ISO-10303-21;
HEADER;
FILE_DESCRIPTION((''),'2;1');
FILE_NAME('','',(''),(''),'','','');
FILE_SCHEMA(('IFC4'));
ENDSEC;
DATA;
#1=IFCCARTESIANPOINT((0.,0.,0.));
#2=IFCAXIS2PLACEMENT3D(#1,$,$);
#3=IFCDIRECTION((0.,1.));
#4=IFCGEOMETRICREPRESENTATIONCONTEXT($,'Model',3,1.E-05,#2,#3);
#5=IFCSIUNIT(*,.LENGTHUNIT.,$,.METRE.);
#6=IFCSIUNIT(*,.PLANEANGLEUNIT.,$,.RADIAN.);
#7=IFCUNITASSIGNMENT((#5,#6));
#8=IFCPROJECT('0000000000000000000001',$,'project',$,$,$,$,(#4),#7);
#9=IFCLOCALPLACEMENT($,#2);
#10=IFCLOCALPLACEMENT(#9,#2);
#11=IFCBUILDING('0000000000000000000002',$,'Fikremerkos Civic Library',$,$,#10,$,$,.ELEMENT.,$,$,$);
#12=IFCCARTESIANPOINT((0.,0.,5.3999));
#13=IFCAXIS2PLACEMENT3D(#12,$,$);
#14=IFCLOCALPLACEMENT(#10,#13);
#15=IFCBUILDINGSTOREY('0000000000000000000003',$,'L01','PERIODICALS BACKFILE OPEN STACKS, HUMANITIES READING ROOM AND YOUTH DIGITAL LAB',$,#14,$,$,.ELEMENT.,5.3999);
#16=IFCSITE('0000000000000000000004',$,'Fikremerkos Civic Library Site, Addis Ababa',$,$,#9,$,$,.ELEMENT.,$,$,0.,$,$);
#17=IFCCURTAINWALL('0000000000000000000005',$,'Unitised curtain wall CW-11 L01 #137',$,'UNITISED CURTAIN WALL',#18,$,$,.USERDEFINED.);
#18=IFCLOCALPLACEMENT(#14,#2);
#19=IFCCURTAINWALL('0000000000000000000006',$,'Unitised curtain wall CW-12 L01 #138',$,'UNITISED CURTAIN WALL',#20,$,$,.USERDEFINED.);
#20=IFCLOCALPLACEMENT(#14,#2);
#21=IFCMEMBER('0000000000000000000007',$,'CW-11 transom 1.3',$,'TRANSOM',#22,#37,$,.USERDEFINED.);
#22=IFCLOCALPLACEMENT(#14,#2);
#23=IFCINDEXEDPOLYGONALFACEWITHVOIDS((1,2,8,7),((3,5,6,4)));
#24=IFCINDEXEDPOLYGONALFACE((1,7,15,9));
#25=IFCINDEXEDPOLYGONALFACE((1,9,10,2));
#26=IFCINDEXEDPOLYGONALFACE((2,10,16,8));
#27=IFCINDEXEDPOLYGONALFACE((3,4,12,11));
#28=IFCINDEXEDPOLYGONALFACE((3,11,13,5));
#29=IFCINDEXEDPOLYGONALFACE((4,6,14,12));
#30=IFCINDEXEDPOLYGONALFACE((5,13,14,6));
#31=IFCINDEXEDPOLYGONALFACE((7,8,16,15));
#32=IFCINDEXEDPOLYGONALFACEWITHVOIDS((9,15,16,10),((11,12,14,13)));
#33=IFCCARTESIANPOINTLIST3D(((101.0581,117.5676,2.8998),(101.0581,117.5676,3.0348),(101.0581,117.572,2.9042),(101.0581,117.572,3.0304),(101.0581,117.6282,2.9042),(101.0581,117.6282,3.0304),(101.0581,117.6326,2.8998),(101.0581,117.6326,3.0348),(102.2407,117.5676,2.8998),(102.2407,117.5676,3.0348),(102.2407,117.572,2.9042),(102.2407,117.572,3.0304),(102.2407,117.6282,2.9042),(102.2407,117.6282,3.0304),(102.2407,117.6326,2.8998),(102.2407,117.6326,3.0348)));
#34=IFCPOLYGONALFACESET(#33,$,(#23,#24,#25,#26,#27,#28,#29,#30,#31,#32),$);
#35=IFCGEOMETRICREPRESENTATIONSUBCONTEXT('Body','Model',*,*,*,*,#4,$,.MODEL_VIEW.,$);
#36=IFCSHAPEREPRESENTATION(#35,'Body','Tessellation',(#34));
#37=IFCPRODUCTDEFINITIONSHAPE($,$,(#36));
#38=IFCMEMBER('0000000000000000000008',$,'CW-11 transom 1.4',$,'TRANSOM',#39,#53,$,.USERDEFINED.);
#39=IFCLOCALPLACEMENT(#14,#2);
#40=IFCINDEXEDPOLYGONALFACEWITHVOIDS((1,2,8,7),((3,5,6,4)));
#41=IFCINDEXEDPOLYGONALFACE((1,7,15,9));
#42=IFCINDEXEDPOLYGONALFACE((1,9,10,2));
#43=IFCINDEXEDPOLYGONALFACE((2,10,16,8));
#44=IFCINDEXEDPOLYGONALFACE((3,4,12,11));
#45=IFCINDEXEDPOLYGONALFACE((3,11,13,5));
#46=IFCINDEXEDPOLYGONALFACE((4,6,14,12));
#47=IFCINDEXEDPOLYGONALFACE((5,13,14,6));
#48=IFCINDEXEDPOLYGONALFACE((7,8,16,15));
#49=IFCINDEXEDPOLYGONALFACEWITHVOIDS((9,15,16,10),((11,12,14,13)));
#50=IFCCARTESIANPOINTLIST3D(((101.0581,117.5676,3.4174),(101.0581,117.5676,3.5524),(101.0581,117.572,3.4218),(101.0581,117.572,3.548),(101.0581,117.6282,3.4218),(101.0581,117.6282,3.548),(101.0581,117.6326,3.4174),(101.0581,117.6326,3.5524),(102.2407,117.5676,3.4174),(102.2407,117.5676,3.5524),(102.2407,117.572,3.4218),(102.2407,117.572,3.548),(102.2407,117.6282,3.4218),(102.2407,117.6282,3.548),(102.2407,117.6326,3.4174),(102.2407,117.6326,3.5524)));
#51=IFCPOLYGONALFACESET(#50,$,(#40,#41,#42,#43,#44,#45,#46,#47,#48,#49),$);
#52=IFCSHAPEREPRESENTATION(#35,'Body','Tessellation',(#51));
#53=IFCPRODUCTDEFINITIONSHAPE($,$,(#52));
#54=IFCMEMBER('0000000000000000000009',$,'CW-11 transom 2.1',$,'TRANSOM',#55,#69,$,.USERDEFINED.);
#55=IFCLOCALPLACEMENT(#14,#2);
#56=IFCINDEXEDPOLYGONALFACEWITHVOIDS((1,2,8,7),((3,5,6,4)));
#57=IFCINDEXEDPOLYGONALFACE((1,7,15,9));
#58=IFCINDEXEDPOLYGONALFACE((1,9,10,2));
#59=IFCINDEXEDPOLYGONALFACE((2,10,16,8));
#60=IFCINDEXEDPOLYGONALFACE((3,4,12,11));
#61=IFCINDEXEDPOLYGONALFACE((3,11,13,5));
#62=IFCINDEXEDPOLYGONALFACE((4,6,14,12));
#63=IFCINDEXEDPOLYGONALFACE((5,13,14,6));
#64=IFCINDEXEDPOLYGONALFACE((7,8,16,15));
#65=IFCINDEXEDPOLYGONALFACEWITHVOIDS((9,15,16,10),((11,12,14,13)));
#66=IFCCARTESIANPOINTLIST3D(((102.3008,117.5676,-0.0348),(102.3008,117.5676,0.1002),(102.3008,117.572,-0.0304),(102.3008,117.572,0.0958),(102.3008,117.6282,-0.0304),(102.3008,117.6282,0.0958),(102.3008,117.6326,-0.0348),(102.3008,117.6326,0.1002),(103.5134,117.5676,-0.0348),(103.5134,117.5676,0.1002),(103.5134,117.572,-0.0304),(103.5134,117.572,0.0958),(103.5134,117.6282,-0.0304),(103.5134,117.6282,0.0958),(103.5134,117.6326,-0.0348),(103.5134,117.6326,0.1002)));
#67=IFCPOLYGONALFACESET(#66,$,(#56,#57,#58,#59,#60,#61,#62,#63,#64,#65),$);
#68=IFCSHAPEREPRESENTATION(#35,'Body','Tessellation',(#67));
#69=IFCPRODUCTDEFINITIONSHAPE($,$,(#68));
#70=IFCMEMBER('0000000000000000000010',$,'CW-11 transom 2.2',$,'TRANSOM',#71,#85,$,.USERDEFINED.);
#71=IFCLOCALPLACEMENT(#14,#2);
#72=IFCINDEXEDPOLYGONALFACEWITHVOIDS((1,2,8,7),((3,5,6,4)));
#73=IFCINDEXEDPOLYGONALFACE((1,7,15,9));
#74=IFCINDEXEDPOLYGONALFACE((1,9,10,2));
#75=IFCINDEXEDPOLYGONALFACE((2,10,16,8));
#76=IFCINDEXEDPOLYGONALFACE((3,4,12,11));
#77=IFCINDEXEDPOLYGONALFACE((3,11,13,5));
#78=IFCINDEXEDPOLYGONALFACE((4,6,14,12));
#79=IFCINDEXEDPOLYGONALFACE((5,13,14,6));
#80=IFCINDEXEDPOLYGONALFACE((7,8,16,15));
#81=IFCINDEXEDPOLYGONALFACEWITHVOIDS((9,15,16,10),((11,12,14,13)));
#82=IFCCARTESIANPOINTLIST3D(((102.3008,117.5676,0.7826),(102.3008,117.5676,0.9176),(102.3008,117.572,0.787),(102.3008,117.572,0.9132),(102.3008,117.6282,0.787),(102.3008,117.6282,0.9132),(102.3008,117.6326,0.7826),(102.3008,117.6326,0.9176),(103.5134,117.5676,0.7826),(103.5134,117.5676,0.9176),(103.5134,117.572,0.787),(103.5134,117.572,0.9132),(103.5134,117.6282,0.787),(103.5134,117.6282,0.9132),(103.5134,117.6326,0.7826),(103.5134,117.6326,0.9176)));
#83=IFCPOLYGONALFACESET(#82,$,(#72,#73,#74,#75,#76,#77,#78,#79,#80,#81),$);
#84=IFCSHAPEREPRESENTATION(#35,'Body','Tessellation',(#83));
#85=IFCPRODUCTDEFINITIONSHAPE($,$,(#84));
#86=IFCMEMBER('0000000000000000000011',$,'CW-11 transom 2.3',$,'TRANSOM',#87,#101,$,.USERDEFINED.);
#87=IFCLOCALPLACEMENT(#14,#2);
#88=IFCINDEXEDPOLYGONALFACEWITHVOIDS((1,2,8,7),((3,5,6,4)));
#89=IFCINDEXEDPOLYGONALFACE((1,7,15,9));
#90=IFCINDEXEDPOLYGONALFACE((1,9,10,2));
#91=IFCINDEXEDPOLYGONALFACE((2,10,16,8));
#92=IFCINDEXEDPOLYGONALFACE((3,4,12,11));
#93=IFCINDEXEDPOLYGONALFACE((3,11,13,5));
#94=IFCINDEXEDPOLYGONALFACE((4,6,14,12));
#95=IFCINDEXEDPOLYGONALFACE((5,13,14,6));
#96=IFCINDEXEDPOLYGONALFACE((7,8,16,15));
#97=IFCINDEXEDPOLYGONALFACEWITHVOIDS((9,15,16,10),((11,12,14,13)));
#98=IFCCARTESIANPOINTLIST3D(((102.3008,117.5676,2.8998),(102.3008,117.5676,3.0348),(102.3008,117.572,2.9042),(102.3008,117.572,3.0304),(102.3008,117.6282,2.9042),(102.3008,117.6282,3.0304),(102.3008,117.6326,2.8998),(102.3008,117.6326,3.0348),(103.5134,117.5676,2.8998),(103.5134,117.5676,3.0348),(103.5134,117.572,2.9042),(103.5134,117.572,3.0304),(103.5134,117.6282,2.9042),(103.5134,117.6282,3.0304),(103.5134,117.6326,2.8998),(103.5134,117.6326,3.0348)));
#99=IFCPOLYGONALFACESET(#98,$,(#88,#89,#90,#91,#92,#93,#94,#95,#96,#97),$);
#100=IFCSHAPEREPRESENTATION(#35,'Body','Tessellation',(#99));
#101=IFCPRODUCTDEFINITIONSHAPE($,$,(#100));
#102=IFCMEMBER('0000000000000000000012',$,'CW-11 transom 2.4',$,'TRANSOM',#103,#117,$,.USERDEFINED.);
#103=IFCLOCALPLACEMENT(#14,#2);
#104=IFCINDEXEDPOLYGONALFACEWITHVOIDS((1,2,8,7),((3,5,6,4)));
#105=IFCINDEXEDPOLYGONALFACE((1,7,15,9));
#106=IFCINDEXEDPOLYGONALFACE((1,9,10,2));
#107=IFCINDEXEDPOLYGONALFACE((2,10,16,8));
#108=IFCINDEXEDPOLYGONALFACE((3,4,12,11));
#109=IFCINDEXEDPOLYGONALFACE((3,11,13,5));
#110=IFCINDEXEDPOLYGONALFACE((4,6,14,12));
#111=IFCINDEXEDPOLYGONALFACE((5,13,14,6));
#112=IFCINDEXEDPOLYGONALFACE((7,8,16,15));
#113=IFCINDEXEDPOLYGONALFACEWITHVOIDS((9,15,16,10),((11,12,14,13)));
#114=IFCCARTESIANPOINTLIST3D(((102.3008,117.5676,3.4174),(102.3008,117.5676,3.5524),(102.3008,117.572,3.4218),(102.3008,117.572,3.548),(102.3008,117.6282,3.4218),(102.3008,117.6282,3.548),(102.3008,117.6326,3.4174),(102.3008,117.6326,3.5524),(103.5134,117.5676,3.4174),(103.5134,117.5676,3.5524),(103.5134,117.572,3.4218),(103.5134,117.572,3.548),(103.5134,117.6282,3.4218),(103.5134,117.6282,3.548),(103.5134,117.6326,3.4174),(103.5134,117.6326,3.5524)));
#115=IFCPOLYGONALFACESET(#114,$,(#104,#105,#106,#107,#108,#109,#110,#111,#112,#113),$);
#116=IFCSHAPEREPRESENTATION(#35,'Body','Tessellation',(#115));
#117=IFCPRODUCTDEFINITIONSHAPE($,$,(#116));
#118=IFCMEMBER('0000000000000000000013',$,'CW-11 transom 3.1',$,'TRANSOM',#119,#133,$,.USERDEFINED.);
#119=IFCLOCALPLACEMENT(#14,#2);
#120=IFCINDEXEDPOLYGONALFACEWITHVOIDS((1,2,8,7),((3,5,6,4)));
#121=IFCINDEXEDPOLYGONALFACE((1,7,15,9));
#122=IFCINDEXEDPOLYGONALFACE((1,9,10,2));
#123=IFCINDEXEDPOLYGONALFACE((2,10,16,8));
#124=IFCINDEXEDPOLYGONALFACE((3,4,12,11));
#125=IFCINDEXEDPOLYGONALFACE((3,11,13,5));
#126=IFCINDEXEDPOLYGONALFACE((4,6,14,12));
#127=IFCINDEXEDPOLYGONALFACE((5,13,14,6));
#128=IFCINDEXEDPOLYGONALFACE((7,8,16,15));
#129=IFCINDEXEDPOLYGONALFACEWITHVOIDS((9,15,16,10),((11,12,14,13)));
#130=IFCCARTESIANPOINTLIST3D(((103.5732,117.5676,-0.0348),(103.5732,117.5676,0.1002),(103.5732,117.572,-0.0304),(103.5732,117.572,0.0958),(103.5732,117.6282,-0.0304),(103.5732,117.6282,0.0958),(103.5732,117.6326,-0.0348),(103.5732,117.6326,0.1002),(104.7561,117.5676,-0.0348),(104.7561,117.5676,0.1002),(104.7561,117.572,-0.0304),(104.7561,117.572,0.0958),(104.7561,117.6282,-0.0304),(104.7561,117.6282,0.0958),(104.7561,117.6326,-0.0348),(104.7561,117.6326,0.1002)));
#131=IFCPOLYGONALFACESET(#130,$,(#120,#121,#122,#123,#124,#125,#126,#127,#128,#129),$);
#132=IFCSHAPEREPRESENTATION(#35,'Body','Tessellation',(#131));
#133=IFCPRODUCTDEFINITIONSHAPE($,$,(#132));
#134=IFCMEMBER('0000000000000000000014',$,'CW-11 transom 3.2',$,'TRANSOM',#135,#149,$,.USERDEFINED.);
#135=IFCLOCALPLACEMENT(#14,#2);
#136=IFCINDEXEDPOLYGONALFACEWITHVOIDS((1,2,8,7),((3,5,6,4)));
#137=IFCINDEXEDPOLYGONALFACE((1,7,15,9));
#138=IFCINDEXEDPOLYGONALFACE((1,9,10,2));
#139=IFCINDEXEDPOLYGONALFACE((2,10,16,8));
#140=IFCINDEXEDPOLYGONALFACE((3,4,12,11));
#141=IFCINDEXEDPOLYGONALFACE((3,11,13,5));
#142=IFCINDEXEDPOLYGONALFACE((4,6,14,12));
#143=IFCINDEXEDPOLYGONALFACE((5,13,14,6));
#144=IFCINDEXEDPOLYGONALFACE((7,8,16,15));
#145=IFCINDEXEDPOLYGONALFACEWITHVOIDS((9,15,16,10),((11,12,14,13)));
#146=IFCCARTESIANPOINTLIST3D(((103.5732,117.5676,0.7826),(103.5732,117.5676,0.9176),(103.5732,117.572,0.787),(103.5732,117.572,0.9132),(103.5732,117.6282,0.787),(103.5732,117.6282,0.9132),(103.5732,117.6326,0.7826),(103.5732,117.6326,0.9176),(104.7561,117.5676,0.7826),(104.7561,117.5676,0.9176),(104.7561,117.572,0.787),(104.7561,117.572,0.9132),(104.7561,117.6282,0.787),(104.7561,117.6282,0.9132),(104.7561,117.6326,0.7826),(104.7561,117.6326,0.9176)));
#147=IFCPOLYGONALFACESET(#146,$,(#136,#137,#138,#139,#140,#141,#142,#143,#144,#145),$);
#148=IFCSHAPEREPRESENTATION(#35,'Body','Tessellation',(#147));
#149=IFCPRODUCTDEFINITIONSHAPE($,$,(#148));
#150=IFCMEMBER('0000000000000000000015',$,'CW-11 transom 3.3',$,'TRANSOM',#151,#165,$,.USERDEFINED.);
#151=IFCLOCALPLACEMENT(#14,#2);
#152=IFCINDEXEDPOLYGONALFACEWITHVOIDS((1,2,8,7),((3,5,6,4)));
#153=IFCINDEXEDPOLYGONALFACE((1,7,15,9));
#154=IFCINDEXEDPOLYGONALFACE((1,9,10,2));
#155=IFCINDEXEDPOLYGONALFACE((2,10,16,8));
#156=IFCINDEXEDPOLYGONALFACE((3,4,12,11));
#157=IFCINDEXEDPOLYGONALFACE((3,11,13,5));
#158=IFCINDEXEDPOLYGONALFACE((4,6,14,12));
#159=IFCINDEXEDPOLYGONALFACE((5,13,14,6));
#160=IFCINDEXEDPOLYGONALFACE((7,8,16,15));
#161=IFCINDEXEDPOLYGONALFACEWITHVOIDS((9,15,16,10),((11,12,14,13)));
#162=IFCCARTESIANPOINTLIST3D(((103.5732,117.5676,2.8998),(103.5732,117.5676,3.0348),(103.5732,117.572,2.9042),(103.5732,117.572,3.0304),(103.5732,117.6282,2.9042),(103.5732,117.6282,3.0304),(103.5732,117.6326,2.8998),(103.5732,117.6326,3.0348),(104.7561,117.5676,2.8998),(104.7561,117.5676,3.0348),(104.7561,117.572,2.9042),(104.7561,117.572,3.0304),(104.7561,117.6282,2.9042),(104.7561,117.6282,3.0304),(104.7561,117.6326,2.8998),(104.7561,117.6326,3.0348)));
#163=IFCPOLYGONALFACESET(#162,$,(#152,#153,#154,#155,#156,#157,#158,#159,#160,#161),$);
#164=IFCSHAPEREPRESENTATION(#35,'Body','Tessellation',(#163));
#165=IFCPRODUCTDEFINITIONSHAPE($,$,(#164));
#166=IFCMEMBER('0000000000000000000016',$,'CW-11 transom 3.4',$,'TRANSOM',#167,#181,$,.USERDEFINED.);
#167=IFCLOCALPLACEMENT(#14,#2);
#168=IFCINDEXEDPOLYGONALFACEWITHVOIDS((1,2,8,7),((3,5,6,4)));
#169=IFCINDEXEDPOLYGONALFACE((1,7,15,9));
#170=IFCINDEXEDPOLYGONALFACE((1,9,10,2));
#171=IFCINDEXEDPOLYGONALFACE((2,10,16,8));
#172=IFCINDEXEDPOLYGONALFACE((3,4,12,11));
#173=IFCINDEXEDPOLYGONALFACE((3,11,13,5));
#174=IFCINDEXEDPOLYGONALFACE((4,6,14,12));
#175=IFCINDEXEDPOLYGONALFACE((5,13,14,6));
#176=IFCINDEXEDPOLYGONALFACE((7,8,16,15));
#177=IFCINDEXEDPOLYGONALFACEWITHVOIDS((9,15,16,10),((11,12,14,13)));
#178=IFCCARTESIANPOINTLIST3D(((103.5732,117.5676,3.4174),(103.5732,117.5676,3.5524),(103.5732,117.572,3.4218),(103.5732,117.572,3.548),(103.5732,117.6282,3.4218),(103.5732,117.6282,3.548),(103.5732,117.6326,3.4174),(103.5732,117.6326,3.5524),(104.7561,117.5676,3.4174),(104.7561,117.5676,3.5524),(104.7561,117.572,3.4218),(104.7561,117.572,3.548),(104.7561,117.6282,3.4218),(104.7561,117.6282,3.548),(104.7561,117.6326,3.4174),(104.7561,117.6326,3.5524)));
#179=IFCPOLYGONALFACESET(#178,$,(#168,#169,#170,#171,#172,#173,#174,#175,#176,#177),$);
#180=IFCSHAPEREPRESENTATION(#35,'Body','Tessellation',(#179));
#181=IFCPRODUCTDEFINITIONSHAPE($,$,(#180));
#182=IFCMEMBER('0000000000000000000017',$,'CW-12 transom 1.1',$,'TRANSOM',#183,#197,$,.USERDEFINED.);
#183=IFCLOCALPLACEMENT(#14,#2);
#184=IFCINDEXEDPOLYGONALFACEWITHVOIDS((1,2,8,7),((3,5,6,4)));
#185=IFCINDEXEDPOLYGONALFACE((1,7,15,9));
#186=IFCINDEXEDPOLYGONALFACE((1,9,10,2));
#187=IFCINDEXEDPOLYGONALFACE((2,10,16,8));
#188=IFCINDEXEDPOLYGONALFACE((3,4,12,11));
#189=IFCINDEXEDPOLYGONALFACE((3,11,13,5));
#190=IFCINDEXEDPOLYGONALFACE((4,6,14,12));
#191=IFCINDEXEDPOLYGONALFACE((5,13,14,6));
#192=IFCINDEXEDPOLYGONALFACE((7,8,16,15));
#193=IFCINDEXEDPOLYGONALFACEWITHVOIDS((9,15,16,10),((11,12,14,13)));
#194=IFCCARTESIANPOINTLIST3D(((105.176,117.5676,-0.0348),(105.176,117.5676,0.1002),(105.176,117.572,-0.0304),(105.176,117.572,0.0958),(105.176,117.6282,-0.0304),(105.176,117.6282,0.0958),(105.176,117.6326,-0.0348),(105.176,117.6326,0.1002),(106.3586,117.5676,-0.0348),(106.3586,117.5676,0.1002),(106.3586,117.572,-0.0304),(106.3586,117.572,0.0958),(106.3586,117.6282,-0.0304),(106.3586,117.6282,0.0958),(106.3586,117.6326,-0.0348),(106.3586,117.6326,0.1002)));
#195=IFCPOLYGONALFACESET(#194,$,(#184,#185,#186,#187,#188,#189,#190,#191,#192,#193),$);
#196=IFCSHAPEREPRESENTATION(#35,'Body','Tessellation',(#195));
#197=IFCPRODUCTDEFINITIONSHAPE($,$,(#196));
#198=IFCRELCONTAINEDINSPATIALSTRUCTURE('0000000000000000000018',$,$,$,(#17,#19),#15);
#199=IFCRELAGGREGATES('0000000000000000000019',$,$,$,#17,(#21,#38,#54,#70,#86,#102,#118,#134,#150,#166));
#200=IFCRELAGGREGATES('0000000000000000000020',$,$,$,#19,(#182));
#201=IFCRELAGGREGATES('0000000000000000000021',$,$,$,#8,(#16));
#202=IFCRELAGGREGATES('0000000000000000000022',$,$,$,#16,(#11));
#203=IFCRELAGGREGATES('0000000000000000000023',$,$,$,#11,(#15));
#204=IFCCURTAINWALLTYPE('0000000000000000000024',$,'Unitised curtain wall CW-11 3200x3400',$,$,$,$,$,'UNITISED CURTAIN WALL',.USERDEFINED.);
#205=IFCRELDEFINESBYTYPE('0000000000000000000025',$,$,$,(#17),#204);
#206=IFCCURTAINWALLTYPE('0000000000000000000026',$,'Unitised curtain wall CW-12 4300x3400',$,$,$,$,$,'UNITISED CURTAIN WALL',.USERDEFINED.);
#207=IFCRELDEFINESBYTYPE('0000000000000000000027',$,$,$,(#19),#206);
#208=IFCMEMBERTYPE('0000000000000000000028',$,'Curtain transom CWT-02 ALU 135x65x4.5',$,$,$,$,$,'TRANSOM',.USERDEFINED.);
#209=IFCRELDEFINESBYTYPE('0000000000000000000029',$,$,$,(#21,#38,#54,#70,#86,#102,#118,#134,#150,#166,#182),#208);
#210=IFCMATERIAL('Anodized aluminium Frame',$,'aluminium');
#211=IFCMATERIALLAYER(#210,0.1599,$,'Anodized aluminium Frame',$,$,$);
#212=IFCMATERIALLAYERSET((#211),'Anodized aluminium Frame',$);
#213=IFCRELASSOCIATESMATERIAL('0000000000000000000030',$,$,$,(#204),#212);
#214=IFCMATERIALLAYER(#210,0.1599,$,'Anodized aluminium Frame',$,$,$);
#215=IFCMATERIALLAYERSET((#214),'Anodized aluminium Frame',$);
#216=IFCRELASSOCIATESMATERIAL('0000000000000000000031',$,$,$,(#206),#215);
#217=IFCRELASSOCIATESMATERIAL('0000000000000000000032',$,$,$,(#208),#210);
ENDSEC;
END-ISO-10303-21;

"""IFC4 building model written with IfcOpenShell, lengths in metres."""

from ifc_helpers import new_model, si_unit, direction, frame, origin, origin_2d, place, context, subcontext, project, spatial, hollow_rectangle, extrude, material, layer, layer_set, material_profile, profile_set, type_object, element, aggregate, save


model = new_model("IFC4")

# Units and contexts
model_context = context("Model", 3, precision=1e-05, world=origin(), true_north=direction((0.0, 1.0)))
body_context = subcontext(model_context, "Body", "Model", "MODEL_VIEW")
ifc_project = project(units=[si_unit("LENGTHUNIT", "METRE"), si_unit("PLANEANGLEUNIT", "RADIAN")], contexts=[model_context])

# Site, building, storey
site_placement = place(None, origin())
site = spatial("IfcSite", under=ifc_project, at=site_placement, Name="Fikremerkos Civic Library Site, Addis Ababa", CompositionType="ELEMENT", RefElevation=0.0)
building_placement = place(site_placement, origin())
building = spatial("IfcBuilding", under=site, at=building_placement, Name="Fikremerkos Civic Library", CompositionType="ELEMENT")
storey_placement = place(building_placement, frame((0.0, 0.0, 5.3999)))
storey = spatial("IfcBuildingStorey", under=building, at=storey_placement, Name="L01", Description="PERIODICALS BACKFILE OPEN STACKS, HUMANITIES READING ROOM AND YOUTH DIGITAL LAB", CompositionType="ELEMENT", Elevation=5.3999)

# Shared definitions
ifc_material_1 = material(Name="Anodized aluminium Frame", Category="aluminium")

# Curtain walls
ifc_layer_1 = layer(ifc_material_1, 0.1599, Name="Anodized aluminium Frame")
ifc_layer_set_1 = layer_set([ifc_layer_1], Name="Anodized aluminium Frame")
curtain_wall_type_1 = type_object("IfcCurtainWallType", Name="Unitised curtain wall CW-11 3200x3400", ElementType="UNITISED CURTAIN WALL", PredefinedType="USERDEFINED", material=ifc_layer_set_1)
curtain_wall_1_placement = place(storey_placement, origin())
curtain_wall_1 = element("IfcCurtainWall", 1, at=curtain_wall_1_placement, inside=storey, type_object=curtain_wall_type_1, Name="Unitised curtain wall CW-11 L01 #137", ObjectType="UNITISED CURTAIN WALL", PredefinedType="USERDEFINED")
ifc_layer_2 = layer(ifc_material_1, 0.1599, Name="Anodized aluminium Frame")
ifc_layer_set_2 = layer_set([ifc_layer_2], Name="Anodized aluminium Frame")
curtain_wall_type_2 = type_object("IfcCurtainWallType", Name="Unitised curtain wall CW-12 4300x3400", ElementType="UNITISED CURTAIN WALL", PredefinedType="USERDEFINED", material=ifc_layer_set_2)
curtain_wall_2_placement = place(storey_placement, origin())
curtain_wall_2 = element("IfcCurtainWall", 2, at=curtain_wall_2_placement, inside=storey, type_object=curtain_wall_type_2, Name="Unitised curtain wall CW-12 L01 #138", ObjectType="UNITISED CURTAIN WALL", PredefinedType="USERDEFINED")

# Members
ifc_material_profile_1 = material_profile(ifc_material_1, hollow_rectangle(XDim=0.0649, YDim=0.135, WallThickness=0.0044, at=origin_2d()), Name="ALU 135x65x4.5")
ifc_profile_set_1 = profile_set([ifc_material_profile_1], Name="Anodized aluminium Frame")
member_type_1 = type_object("IfcMemberType", Name="Curtain transom CWT-02 ALU 135x65x4.5", ElementType="TRANSOM", PredefinedType="USERDEFINED", material=ifc_profile_set_1)
member_1_placement = place(storey_placement, frame((101.0581, 117.6001, 2.9673), z_axis=(1.0, 0.0, 0.0), x_axis=(0.0, 1.0, 0.0)))
member_1 = element("IfcMember", 3, at=member_1_placement, type_object=member_type_1, Name="CW-11 transom 1.3", ObjectType="TRANSOM", PredefinedType="USERDEFINED", context=body_context, shape_type="SweptSolid", body=[
    extrude(hollow_rectangle(XDim=0.0649, YDim=0.135, WallThickness=0.0044, at=origin_2d()), origin(), (0.0, 0.0, 1.0), 1.1826),
])
member_2_placement = place(storey_placement, frame((101.0581, 117.6001, 3.4849), z_axis=(1.0, 0.0, 0.0), x_axis=(0.0, 1.0, 0.0)))
member_2 = element("IfcMember", 4, at=member_2_placement, type_object=member_type_1, Name="CW-11 transom 1.4", ObjectType="TRANSOM", PredefinedType="USERDEFINED", context=body_context, shape_type="SweptSolid", body=[
    extrude(hollow_rectangle(XDim=0.0649, YDim=0.135, WallThickness=0.0044, at=origin_2d()), origin(), (0.0, 0.0, 1.0), 1.1826),
])
member_3_placement = place(storey_placement, frame((102.3008, 117.6001, 0.0327), z_axis=(1.0, 0.0, 0.0), x_axis=(0.0, 1.0, 0.0)))
member_3 = element("IfcMember", 5, at=member_3_placement, type_object=member_type_1, Name="CW-11 transom 2.1", ObjectType="TRANSOM", PredefinedType="USERDEFINED", context=body_context, shape_type="SweptSolid", body=[
    extrude(hollow_rectangle(XDim=0.0649, YDim=0.135, WallThickness=0.0044, at=origin_2d()), origin(), (0.0, 0.0, 1.0), 1.2126),
])
member_4_placement = place(storey_placement, frame((102.3008, 117.6001, 0.8501), z_axis=(1.0, 0.0, 0.0), x_axis=(0.0, 1.0, 0.0)))
member_4 = element("IfcMember", 6, at=member_4_placement, type_object=member_type_1, Name="CW-11 transom 2.2", ObjectType="TRANSOM", PredefinedType="USERDEFINED", context=body_context, shape_type="SweptSolid", body=[
    extrude(hollow_rectangle(XDim=0.0649, YDim=0.135, WallThickness=0.0044, at=origin_2d()), origin(), (0.0, 0.0, 1.0), 1.2126),
])
member_5_placement = place(storey_placement, frame((102.3008, 117.6001, 2.9673), z_axis=(1.0, 0.0, 0.0), x_axis=(0.0, 1.0, 0.0)))
member_5 = element("IfcMember", 7, at=member_5_placement, type_object=member_type_1, Name="CW-11 transom 2.3", ObjectType="TRANSOM", PredefinedType="USERDEFINED", context=body_context, shape_type="SweptSolid", body=[
    extrude(hollow_rectangle(XDim=0.0649, YDim=0.135, WallThickness=0.0044, at=origin_2d()), origin(), (0.0, 0.0, 1.0), 1.2126),
])
member_6_placement = place(storey_placement, frame((102.3008, 117.6001, 3.4849), z_axis=(1.0, 0.0, 0.0), x_axis=(0.0, 1.0, 0.0)))
member_6 = element("IfcMember", 8, at=member_6_placement, type_object=member_type_1, Name="CW-11 transom 2.4", ObjectType="TRANSOM", PredefinedType="USERDEFINED", context=body_context, shape_type="SweptSolid", body=[
    extrude(hollow_rectangle(XDim=0.0649, YDim=0.135, WallThickness=0.0044, at=origin_2d()), origin(), (0.0, 0.0, 1.0), 1.2126),
])
member_7_placement = place(storey_placement, frame((103.5732, 117.6001, 0.0327), z_axis=(1.0, 0.0, 0.0), x_axis=(0.0, 1.0, 0.0)))
member_7 = element("IfcMember", 9, at=member_7_placement, type_object=member_type_1, Name="CW-11 transom 3.1", ObjectType="TRANSOM", PredefinedType="USERDEFINED", context=body_context, shape_type="SweptSolid", body=[
    extrude(hollow_rectangle(XDim=0.0649, YDim=0.135, WallThickness=0.0044, at=origin_2d()), origin(), (0.0, 0.0, 1.0), 1.1829),
])
member_8_placement = place(storey_placement, frame((103.5732, 117.6001, 0.8501), z_axis=(1.0, 0.0, 0.0), x_axis=(0.0, 1.0, 0.0)))
member_8 = element("IfcMember", 10, at=member_8_placement, type_object=member_type_1, Name="CW-11 transom 3.2", ObjectType="TRANSOM", PredefinedType="USERDEFINED", context=body_context, shape_type="SweptSolid", body=[
    extrude(hollow_rectangle(XDim=0.0649, YDim=0.135, WallThickness=0.0044, at=origin_2d()), origin(), (0.0, 0.0, 1.0), 1.1829),
])
member_9_placement = place(storey_placement, frame((103.5732, 117.6001, 2.9673), z_axis=(1.0, 0.0, 0.0), x_axis=(0.0, 1.0, 0.0)))
member_9 = element("IfcMember", 11, at=member_9_placement, type_object=member_type_1, Name="CW-11 transom 3.3", ObjectType="TRANSOM", PredefinedType="USERDEFINED", context=body_context, shape_type="SweptSolid", body=[
    extrude(hollow_rectangle(XDim=0.0649, YDim=0.135, WallThickness=0.0044, at=origin_2d()), origin(), (0.0, 0.0, 1.0), 1.1829),
])
member_10_placement = place(storey_placement, frame((103.5732, 117.6001, 3.4849), z_axis=(1.0, 0.0, 0.0), x_axis=(0.0, 1.0, 0.0)))
member_10 = element("IfcMember", 12, at=member_10_placement, type_object=member_type_1, Name="CW-11 transom 3.4", ObjectType="TRANSOM", PredefinedType="USERDEFINED", context=body_context, shape_type="SweptSolid", body=[
    extrude(hollow_rectangle(XDim=0.0649, YDim=0.135, WallThickness=0.0044, at=origin_2d()), origin(), (0.0, 0.0, 1.0), 1.1829),
])
member_11_placement = place(storey_placement, frame((105.176, 117.6001, 0.0327), z_axis=(1.0, 0.0, 0.0), x_axis=(0.0, 1.0, 0.0)))
member_11 = element("IfcMember", 13, at=member_11_placement, type_object=member_type_1, Name="CW-12 transom 1.1", ObjectType="TRANSOM", PredefinedType="USERDEFINED", context=body_context, shape_type="SweptSolid", body=[
    extrude(hollow_rectangle(XDim=0.0649, YDim=0.135, WallThickness=0.0044, at=origin_2d()), origin(), (0.0, 0.0, 1.0), 1.1826),
])

aggregate(curtain_wall_1, [member_1, member_2, member_3, member_4, member_5, member_6, member_7, member_8, member_9, member_10])
aggregate(curtain_wall_2, [member_11])

save(model, "model.ifc")
